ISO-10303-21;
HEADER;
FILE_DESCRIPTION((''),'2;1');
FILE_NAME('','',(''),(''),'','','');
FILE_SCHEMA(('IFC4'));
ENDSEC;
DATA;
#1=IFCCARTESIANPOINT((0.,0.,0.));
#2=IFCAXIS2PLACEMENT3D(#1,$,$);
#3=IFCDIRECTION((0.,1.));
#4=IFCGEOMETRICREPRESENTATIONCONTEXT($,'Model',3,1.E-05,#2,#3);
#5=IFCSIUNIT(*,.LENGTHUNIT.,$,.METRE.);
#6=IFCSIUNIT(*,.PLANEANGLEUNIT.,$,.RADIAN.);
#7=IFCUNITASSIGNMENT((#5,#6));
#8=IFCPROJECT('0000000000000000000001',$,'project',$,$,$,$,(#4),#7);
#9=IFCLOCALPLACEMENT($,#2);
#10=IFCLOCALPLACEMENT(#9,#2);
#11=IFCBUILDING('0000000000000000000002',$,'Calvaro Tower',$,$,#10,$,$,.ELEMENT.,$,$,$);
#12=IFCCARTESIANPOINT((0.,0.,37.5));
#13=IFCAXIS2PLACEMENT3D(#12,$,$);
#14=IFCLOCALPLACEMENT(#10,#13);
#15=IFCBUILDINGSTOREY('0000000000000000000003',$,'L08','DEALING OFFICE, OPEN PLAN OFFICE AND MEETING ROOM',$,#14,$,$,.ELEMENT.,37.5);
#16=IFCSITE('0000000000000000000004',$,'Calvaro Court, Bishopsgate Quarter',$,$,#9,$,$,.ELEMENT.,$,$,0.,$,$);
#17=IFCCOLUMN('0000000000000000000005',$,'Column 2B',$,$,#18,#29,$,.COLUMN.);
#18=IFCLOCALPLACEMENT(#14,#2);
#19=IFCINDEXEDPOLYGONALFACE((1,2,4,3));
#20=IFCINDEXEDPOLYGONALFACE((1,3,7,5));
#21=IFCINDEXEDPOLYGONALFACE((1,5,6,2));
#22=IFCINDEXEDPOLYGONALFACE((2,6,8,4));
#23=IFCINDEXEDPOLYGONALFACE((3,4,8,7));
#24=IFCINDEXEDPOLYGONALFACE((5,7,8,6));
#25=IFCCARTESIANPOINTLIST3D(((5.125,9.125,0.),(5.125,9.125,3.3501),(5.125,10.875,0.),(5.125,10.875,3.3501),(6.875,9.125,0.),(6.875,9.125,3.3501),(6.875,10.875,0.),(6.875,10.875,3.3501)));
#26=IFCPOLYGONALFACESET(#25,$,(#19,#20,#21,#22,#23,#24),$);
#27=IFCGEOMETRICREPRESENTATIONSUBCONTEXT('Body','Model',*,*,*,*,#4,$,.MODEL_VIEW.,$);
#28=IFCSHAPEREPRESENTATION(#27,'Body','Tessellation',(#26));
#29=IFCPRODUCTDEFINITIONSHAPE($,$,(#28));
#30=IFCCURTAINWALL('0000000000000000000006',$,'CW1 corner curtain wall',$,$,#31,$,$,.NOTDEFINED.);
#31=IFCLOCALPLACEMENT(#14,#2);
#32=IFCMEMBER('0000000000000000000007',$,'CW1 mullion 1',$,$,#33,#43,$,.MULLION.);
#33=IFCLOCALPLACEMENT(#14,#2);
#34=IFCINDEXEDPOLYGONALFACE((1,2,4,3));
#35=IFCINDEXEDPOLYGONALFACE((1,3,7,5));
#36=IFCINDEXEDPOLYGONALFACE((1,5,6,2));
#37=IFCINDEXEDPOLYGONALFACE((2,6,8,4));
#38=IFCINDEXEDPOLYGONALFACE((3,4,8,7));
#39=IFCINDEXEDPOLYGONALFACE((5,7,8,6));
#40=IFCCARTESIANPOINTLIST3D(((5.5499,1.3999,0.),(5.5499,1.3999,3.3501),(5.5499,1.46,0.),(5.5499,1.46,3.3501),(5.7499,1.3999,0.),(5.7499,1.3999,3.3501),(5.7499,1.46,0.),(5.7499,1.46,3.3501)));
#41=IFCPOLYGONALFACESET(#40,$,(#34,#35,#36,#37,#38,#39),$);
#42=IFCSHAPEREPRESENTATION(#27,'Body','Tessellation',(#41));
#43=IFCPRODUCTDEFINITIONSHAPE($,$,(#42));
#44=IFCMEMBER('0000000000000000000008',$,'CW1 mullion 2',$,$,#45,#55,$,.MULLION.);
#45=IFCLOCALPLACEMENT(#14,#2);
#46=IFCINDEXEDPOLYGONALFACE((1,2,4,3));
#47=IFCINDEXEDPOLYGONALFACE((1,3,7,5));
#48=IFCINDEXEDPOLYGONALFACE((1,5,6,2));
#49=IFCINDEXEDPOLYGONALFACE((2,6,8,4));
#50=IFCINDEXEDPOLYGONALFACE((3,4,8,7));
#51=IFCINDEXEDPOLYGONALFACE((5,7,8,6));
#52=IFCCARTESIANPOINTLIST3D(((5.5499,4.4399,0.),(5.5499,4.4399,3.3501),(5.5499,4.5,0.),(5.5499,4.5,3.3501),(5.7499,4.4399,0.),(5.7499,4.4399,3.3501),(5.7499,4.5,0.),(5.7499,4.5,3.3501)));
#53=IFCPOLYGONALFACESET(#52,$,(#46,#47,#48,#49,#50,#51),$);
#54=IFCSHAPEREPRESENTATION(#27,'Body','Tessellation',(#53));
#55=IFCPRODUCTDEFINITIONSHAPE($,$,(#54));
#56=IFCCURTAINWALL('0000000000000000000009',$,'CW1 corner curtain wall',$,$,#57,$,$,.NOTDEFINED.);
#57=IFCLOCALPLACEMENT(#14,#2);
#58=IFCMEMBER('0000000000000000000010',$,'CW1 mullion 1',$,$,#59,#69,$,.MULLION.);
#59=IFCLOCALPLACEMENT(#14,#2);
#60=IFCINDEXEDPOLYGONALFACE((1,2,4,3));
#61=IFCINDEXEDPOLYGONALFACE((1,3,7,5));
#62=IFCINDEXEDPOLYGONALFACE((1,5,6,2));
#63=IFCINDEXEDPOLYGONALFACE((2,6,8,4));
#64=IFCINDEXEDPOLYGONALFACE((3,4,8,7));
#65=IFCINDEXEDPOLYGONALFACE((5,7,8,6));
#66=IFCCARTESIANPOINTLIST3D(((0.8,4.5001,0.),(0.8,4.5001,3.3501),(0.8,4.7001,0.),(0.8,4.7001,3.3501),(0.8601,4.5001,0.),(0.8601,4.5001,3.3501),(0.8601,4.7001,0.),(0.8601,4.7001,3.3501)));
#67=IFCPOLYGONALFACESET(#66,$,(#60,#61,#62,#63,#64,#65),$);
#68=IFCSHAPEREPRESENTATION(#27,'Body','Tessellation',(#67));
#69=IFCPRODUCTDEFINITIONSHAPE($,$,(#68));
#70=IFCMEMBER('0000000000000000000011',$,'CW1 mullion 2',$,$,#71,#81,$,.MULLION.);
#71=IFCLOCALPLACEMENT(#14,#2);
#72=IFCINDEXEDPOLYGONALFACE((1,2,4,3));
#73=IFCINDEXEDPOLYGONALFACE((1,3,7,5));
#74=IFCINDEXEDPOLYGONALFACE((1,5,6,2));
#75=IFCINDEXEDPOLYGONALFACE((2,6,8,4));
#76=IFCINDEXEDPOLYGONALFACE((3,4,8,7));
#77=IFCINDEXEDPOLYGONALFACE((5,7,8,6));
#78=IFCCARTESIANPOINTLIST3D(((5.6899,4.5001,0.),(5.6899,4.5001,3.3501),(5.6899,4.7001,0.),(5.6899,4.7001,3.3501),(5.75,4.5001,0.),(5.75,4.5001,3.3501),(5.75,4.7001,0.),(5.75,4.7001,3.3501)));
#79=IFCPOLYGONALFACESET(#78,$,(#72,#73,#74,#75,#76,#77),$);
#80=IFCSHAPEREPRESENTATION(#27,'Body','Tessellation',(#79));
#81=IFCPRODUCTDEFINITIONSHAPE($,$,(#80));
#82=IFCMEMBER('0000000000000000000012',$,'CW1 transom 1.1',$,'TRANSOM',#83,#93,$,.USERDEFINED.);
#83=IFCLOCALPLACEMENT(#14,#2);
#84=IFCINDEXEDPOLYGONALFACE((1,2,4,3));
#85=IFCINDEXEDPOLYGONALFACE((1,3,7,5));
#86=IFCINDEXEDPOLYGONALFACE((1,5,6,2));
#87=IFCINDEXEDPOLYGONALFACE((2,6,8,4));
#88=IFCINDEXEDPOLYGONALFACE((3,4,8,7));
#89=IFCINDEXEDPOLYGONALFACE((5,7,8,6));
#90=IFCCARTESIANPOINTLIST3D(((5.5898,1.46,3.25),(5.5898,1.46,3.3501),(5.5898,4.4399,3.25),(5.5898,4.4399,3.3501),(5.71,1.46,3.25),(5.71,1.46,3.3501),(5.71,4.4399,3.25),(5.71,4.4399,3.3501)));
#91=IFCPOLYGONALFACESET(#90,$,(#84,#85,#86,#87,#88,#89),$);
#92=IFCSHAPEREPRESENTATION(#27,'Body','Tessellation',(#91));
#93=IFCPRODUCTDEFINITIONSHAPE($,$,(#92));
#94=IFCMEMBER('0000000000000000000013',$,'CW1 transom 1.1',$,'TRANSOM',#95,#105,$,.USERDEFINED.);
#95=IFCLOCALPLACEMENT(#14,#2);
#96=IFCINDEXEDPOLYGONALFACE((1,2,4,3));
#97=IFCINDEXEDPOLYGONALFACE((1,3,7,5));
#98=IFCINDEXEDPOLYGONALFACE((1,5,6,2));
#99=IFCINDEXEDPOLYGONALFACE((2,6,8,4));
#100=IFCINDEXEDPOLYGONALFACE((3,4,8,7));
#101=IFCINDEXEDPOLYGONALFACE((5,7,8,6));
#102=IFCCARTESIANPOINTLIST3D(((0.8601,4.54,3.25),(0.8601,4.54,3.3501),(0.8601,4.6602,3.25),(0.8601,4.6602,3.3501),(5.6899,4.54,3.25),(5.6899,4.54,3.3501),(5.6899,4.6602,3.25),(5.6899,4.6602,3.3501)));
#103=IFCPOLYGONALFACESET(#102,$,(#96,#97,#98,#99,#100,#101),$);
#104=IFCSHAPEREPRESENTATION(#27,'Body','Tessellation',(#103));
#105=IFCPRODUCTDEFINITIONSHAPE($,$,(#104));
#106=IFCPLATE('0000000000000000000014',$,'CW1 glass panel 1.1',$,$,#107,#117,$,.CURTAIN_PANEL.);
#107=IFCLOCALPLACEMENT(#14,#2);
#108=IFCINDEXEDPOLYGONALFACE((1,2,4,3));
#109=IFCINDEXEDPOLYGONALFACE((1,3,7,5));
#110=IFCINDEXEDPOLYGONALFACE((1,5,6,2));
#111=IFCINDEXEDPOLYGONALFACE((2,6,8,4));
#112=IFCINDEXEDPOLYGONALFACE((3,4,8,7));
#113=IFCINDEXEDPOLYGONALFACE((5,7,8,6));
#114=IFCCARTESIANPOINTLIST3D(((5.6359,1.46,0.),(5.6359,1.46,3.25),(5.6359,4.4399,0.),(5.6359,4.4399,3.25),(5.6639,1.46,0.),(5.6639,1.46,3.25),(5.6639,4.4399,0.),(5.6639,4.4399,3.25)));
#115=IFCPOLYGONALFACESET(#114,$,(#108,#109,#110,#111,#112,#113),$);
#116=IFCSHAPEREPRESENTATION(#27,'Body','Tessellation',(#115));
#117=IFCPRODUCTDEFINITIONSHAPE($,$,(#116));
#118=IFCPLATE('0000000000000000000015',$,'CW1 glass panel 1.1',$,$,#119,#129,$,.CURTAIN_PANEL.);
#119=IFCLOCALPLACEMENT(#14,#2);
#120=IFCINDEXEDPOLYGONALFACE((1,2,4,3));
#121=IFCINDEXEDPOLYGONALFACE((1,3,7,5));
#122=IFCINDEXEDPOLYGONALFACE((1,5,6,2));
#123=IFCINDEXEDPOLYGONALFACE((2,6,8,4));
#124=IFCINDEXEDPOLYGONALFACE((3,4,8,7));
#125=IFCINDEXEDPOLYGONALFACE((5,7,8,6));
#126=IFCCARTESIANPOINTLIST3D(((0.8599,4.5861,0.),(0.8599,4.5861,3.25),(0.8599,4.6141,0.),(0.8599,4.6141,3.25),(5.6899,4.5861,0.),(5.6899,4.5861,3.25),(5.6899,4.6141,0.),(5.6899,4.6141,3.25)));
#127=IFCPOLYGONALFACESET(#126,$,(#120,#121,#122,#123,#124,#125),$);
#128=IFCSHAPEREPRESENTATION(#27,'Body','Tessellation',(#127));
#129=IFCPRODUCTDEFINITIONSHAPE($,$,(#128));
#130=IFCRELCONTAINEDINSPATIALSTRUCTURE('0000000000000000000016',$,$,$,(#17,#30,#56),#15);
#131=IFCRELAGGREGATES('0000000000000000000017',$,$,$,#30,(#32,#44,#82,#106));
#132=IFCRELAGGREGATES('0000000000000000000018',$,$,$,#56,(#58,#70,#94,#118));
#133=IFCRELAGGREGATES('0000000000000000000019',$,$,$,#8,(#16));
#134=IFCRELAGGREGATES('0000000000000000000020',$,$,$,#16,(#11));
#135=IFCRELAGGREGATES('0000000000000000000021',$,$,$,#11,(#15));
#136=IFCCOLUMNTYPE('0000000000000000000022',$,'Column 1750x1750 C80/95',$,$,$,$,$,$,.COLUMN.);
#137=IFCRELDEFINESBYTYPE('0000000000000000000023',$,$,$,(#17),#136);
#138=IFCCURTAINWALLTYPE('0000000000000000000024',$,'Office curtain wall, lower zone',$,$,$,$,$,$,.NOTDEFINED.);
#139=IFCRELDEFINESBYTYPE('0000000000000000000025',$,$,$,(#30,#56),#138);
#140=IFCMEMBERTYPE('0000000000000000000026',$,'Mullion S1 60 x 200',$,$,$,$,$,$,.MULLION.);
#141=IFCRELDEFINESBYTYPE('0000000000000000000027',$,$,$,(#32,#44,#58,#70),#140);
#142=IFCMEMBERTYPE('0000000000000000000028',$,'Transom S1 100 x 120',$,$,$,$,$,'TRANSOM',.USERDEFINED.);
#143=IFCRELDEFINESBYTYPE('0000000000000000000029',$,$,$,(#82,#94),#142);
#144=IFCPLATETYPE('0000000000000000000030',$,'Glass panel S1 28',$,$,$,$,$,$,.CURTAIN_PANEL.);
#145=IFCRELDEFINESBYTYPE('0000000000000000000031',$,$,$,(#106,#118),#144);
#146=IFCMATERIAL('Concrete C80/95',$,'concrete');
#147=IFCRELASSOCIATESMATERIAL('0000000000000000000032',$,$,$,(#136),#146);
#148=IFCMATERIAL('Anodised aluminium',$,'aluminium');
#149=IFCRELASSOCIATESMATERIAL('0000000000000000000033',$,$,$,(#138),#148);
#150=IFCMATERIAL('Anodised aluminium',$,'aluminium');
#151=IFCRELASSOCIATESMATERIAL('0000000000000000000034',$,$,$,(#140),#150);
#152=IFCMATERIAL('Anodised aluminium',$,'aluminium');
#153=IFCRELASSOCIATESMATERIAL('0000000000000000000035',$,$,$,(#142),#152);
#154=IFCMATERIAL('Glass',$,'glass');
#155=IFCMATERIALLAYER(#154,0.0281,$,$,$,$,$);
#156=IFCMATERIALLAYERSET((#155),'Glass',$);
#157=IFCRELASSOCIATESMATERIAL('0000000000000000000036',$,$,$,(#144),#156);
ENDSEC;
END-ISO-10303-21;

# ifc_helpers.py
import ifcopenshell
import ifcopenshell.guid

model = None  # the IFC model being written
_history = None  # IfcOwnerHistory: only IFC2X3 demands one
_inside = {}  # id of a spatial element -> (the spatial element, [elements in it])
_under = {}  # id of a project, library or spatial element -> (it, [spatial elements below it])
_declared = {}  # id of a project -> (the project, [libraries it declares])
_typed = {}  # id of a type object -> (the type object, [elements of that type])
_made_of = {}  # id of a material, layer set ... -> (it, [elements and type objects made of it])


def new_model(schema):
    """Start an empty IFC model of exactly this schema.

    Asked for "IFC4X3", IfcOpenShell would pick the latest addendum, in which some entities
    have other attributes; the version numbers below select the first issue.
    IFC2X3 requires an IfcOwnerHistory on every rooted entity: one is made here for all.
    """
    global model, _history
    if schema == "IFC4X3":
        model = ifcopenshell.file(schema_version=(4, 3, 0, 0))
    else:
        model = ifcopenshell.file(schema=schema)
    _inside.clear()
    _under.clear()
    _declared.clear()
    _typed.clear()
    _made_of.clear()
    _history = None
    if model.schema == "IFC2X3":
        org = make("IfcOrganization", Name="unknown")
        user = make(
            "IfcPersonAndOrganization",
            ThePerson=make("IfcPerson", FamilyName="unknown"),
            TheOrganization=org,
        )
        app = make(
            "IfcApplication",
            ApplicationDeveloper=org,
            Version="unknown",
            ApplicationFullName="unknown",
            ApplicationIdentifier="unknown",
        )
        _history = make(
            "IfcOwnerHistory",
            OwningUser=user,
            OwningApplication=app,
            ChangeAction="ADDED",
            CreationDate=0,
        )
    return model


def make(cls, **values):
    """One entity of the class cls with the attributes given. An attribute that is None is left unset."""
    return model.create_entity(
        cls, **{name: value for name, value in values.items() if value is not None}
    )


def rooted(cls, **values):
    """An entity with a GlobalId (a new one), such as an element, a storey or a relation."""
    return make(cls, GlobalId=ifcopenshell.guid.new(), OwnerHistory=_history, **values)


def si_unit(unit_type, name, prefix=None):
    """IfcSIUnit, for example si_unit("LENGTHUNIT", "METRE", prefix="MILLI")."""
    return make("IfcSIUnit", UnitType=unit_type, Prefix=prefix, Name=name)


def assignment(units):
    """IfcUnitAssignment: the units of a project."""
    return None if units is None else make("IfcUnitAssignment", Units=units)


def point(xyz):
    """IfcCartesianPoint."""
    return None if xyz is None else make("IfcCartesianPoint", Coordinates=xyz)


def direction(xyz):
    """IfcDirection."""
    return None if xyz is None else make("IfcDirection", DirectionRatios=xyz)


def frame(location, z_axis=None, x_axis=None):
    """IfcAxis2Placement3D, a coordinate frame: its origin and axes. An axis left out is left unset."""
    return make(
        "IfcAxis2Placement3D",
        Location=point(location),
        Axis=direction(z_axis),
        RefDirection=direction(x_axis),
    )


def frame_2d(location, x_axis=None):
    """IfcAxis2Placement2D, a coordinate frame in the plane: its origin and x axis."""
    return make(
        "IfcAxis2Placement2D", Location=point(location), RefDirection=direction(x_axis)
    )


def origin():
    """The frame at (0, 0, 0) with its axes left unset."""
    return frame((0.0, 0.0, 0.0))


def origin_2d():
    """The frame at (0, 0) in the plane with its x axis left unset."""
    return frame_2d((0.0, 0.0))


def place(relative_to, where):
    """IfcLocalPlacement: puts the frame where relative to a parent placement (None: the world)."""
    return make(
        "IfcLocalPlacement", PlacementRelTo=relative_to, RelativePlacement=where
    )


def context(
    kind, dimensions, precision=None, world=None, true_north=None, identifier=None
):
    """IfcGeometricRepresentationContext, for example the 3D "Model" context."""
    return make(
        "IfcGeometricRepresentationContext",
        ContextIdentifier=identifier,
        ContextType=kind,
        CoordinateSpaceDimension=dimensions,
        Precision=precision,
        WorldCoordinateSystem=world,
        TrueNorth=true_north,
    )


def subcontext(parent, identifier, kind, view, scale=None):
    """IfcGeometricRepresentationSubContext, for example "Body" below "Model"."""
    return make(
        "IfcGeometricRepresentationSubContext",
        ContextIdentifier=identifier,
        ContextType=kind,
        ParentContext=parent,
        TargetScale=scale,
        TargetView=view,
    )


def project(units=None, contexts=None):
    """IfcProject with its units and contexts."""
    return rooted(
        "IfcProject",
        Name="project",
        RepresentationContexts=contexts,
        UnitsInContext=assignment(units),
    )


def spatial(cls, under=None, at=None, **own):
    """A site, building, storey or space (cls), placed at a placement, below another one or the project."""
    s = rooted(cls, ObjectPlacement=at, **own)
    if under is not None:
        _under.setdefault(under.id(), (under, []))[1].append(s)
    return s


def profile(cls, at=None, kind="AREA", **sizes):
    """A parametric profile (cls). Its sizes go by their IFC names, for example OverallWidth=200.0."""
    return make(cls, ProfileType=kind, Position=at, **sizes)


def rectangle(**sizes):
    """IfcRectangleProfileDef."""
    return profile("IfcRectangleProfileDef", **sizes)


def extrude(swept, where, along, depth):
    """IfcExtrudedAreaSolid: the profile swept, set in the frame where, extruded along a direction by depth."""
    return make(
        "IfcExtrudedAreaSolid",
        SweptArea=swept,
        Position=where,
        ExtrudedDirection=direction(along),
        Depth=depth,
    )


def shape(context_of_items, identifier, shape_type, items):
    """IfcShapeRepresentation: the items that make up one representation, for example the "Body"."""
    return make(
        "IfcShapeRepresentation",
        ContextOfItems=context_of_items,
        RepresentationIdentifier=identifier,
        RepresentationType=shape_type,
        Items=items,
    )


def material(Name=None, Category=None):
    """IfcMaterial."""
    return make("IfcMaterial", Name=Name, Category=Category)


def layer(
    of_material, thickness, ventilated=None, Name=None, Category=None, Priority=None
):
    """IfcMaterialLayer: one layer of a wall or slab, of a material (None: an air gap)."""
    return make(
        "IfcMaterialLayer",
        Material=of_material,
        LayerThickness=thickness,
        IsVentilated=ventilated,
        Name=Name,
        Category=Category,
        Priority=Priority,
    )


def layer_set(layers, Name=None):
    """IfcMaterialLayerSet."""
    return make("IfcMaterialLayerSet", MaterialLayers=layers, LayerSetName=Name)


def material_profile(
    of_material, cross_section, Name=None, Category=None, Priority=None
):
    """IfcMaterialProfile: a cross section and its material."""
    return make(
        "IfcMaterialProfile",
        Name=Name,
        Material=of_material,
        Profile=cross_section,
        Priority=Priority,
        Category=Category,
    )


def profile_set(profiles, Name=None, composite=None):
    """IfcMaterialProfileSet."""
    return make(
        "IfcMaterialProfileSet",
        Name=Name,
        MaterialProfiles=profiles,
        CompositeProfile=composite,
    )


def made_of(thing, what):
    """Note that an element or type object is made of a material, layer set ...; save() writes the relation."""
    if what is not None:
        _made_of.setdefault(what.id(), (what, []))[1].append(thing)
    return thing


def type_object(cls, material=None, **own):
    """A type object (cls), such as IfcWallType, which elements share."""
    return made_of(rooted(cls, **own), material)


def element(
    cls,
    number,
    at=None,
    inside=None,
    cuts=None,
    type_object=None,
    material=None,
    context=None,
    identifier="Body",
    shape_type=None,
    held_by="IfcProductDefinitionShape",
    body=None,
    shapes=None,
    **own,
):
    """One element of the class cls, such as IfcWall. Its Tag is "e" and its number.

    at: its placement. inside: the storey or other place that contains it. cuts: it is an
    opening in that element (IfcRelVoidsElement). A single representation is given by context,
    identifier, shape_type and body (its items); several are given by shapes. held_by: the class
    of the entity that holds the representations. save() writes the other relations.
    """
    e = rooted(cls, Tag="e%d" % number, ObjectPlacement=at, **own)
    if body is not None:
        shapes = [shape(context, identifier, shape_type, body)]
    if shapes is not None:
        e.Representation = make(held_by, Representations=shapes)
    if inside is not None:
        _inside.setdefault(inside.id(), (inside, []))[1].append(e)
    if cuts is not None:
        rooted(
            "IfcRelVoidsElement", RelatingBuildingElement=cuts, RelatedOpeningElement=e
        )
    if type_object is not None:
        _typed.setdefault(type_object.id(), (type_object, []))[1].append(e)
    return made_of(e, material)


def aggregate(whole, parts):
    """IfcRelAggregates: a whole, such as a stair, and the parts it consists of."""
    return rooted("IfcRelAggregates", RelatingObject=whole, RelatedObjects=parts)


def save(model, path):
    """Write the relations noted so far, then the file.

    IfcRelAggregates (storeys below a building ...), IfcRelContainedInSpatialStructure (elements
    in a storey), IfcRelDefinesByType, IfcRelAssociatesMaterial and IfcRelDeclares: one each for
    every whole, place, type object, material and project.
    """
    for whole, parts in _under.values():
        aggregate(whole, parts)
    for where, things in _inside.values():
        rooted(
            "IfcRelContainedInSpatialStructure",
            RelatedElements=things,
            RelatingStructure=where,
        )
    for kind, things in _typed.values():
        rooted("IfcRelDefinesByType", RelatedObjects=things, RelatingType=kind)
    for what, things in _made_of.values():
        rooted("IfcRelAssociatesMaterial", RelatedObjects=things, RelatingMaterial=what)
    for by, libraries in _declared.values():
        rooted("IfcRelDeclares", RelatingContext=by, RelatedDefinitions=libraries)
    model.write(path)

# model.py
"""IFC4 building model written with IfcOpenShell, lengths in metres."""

from ifc_helpers import new_model, si_unit, direction, frame, origin, origin_2d, place, context, subcontext, project, spatial, rectangle, extrude, material, layer, layer_set, material_profile, profile_set, type_object, element, aggregate, save


model = new_model("IFC4")

# Units and contexts
model_context = context("Model", 3, precision=1e-05, world=origin(), true_north=direction((0.0, 1.0)))
body_context = subcontext(model_context, "Body", "Model", "MODEL_VIEW")
ifc_project = project(units=[si_unit("LENGTHUNIT", "METRE"), si_unit("PLANEANGLEUNIT", "RADIAN")], contexts=[model_context])

# Site, building, storey
site_placement = place(None, origin())
site = spatial("IfcSite", under=ifc_project, at=site_placement, Name="Calvaro Court, Bishopsgate Quarter", CompositionType="ELEMENT", RefElevation=0.0)
building_placement = place(site_placement, origin())
building = spatial("IfcBuilding", under=site, at=building_placement, Name="Calvaro Tower", CompositionType="ELEMENT")
storey_placement = place(building_placement, frame((0.0, 0.0, 37.5)))
storey = spatial("IfcBuildingStorey", under=building, at=storey_placement, Name="L08", Description="DEALING OFFICE, OPEN PLAN OFFICE AND MEETING ROOM", CompositionType="ELEMENT", Elevation=37.5)

# Column
ifc_material_1 = material(Name="Concrete C80/95", Category="concrete")
ifc_material_profile_1 = material_profile(ifc_material_1, rectangle(XDim=1.75, YDim=1.75, at=origin_2d()), Name="RC 1750x1750")
ifc_profile_set_1 = profile_set([ifc_material_profile_1], Name="Concrete C80/95")
column_type = type_object("IfcColumnType", Name="Column 1750x1750 C80/95", PredefinedType="COLUMN", material=ifc_profile_set_1)
column_placement = place(storey_placement, frame((6.0, 10.0, 0.0), z_axis=(0.0, 0.0, 1.0), x_axis=(1.0, 0.0, 0.0)))
element("IfcColumn", 1, at=column_placement, inside=storey, type_object=column_type, Name="Column 2B", PredefinedType="COLUMN", context=body_context, shape_type="SweptSolid", body=[
    extrude(rectangle(XDim=1.75, YDim=1.75, at=origin_2d()), origin(), (0.0, 0.0, 1.0), 3.3501),
])

# Curtain walls, members
ifc_material_2 = material(Name="Anodised aluminium", Category="aluminium")
curtain_wall_type = type_object("IfcCurtainWallType", Name="Office curtain wall, lower zone", PredefinedType="NOTDEFINED", material=ifc_material_2)
curtain_wall_1_placement = place(storey_placement, origin())
curtain_wall_1 = element("IfcCurtainWall", 2, at=curtain_wall_1_placement, inside=storey, type_object=curtain_wall_type, Name="CW1 corner curtain wall", PredefinedType="NOTDEFINED")
ifc_material_3 = material(Name="Anodised aluminium", Category="aluminium")
ifc_material_profile_2 = material_profile(ifc_material_3, rectangle(XDim=0.2, YDim=0.0601, at=origin_2d()), Name="Mullion S1 60 x 200")
ifc_profile_set_2 = profile_set([ifc_material_profile_2], Name="Anodised aluminium")
member_type_1 = type_object("IfcMemberType", Name="Mullion S1 60 x 200", PredefinedType="MULLION", material=ifc_profile_set_2)
member_1_placement = place(storey_placement, frame((5.6499, 1.4299, 0.0), z_axis=(0.0, 0.0, 1.0), x_axis=(-1.0, 0.0, 0.0)))
member_1 = element("IfcMember", 3, at=member_1_placement, type_object=member_type_1, Name="CW1 mullion 1", PredefinedType="MULLION", context=body_context, shape_type="SweptSolid", body=[
    extrude(rectangle(XDim=0.2, YDim=0.0601, at=origin_2d()), origin(), (0.0, 0.0, 1.0), 3.3501),
])
member_2_placement = place(storey_placement, frame((5.6499, 4.47, 0.0), z_axis=(0.0, 0.0, 1.0), x_axis=(-1.0, 0.0, 0.0)))
member_2 = element("IfcMember", 4, at=member_2_placement, type_object=member_type_1, Name="CW1 mullion 2", PredefinedType="MULLION", context=body_context, shape_type="SweptSolid", body=[
    extrude(rectangle(XDim=0.2, YDim=0.0601, at=origin_2d()), origin(), (0.0, 0.0, 1.0), 3.3501),
])
curtain_wall_2_placement = place(storey_placement, origin())
curtain_wall_2 = element("IfcCurtainWall", 5, at=curtain_wall_2_placement, inside=storey, type_object=curtain_wall_type, Name="CW1 corner curtain wall", PredefinedType="NOTDEFINED")
member_3_placement = place(storey_placement, frame((0.8301, 4.6001, 0.0), z_axis=(0.0, 0.0, 1.0), x_axis=(0.0, 1.0, 0.0)))
member_3 = element("IfcMember", 6, at=member_3_placement, type_object=member_type_1, Name="CW1 mullion 1", PredefinedType="MULLION", context=body_context, shape_type="SweptSolid", body=[
    extrude(rectangle(XDim=0.2, YDim=0.0601, at=origin_2d()), origin(), (0.0, 0.0, 1.0), 3.3501),
])
member_4_placement = place(storey_placement, frame((5.72, 4.6001, 0.0), z_axis=(0.0, 0.0, 1.0), x_axis=(0.0, 1.0, 0.0)))
member_4 = element("IfcMember", 7, at=member_4_placement, type_object=member_type_1, Name="CW1 mullion 2", PredefinedType="MULLION", context=body_context, shape_type="SweptSolid", body=[
    extrude(rectangle(XDim=0.2, YDim=0.0601, at=origin_2d()), origin(), (0.0, 0.0, 1.0), 3.3501),
])

# Members
ifc_material_4 = material(Name="Anodised aluminium", Category="aluminium")
ifc_material_profile_3 = material_profile(ifc_material_4, rectangle(XDim=0.1201, YDim=0.1001, at=origin_2d()), Name="Transom S1 100 x 120")
ifc_profile_set_3 = profile_set([ifc_material_profile_3], Name="Anodised aluminium")
member_type_2 = type_object("IfcMemberType", Name="Transom S1 100 x 120", ElementType="TRANSOM", PredefinedType="USERDEFINED", material=ifc_profile_set_3)
member_5_placement = place(storey_placement, frame((5.6499, 1.46, 3.3), z_axis=(0.0, 1.0, 0.0), x_axis=(-1.0, 0.0, 0.0)))
member_5 = element("IfcMember", 8, at=member_5_placement, type_object=member_type_2, Name="CW1 transom 1.1", ObjectType="TRANSOM", PredefinedType="USERDEFINED", context=body_context, shape_type="SweptSolid", body=[
    extrude(rectangle(XDim=0.1201, YDim=0.1001, at=origin_2d()), origin(), (0.0, 0.0, 1.0), 2.98),
])
member_6_placement = place(storey_placement, frame((0.8601, 4.6001, 3.3), z_axis=(1.0, 0.0, 0.0), x_axis=(0.0, 1.0, 0.0)))
member_6 = element("IfcMember", 9, at=member_6_placement, type_object=member_type_2, Name="CW1 transom 1.1", ObjectType="TRANSOM", PredefinedType="USERDEFINED", context=body_context, shape_type="SweptSolid", body=[
    extrude(rectangle(XDim=0.1201, YDim=0.1001, at=origin_2d()), origin(), (0.0, 0.0, 1.0), 4.8298),
])

# Plates
ifc_material_5 = material(Name="Glass", Category="glass")
ifc_layer_1 = layer(ifc_material_5, 0.0281)
ifc_layer_set_1 = layer_set([ifc_layer_1], Name="Glass")
plate_type = type_object("IfcPlateType", Name="Glass panel S1 28", PredefinedType="CURTAIN_PANEL", material=ifc_layer_set_1)
plate_1_placement = place(storey_placement, frame((5.6499, 2.95, 0.0), z_axis=(0.0, 0.0, 1.0), x_axis=(0.0, 1.0, 0.0)))
plate_1 = element("IfcPlate", 10, at=plate_1_placement, type_object=plate_type, Name="CW1 glass panel 1.1", PredefinedType="CURTAIN_PANEL", context=body_context, shape_type="SweptSolid", body=[
    extrude(rectangle(XDim=2.98, YDim=0.0281, at=origin_2d()), origin(), (0.0, 0.0, 1.0), 3.25),
])
aggregate(curtain_wall_1, [member_1, member_2, member_5, plate_1])
plate_2_placement = place(storey_placement, frame((3.2749, 4.6001, 0.0), z_axis=(0.0, 0.0, 1.0), x_axis=(1.0, 0.0, 0.0)))
plate_2 = element("IfcPlate", 11, at=plate_2_placement, type_object=plate_type, Name="CW1 glass panel 1.1", PredefinedType="CURTAIN_PANEL", context=body_context, shape_type="SweptSolid", body=[
    extrude(rectangle(XDim=4.8301, YDim=0.0281, at=origin_2d()), origin(), (0.0, 0.0, 1.0), 3.25),
])
aggregate(curtain_wall_2, [member_3, member_4, member_6, plate_2])

save(model, "model.ifc")
